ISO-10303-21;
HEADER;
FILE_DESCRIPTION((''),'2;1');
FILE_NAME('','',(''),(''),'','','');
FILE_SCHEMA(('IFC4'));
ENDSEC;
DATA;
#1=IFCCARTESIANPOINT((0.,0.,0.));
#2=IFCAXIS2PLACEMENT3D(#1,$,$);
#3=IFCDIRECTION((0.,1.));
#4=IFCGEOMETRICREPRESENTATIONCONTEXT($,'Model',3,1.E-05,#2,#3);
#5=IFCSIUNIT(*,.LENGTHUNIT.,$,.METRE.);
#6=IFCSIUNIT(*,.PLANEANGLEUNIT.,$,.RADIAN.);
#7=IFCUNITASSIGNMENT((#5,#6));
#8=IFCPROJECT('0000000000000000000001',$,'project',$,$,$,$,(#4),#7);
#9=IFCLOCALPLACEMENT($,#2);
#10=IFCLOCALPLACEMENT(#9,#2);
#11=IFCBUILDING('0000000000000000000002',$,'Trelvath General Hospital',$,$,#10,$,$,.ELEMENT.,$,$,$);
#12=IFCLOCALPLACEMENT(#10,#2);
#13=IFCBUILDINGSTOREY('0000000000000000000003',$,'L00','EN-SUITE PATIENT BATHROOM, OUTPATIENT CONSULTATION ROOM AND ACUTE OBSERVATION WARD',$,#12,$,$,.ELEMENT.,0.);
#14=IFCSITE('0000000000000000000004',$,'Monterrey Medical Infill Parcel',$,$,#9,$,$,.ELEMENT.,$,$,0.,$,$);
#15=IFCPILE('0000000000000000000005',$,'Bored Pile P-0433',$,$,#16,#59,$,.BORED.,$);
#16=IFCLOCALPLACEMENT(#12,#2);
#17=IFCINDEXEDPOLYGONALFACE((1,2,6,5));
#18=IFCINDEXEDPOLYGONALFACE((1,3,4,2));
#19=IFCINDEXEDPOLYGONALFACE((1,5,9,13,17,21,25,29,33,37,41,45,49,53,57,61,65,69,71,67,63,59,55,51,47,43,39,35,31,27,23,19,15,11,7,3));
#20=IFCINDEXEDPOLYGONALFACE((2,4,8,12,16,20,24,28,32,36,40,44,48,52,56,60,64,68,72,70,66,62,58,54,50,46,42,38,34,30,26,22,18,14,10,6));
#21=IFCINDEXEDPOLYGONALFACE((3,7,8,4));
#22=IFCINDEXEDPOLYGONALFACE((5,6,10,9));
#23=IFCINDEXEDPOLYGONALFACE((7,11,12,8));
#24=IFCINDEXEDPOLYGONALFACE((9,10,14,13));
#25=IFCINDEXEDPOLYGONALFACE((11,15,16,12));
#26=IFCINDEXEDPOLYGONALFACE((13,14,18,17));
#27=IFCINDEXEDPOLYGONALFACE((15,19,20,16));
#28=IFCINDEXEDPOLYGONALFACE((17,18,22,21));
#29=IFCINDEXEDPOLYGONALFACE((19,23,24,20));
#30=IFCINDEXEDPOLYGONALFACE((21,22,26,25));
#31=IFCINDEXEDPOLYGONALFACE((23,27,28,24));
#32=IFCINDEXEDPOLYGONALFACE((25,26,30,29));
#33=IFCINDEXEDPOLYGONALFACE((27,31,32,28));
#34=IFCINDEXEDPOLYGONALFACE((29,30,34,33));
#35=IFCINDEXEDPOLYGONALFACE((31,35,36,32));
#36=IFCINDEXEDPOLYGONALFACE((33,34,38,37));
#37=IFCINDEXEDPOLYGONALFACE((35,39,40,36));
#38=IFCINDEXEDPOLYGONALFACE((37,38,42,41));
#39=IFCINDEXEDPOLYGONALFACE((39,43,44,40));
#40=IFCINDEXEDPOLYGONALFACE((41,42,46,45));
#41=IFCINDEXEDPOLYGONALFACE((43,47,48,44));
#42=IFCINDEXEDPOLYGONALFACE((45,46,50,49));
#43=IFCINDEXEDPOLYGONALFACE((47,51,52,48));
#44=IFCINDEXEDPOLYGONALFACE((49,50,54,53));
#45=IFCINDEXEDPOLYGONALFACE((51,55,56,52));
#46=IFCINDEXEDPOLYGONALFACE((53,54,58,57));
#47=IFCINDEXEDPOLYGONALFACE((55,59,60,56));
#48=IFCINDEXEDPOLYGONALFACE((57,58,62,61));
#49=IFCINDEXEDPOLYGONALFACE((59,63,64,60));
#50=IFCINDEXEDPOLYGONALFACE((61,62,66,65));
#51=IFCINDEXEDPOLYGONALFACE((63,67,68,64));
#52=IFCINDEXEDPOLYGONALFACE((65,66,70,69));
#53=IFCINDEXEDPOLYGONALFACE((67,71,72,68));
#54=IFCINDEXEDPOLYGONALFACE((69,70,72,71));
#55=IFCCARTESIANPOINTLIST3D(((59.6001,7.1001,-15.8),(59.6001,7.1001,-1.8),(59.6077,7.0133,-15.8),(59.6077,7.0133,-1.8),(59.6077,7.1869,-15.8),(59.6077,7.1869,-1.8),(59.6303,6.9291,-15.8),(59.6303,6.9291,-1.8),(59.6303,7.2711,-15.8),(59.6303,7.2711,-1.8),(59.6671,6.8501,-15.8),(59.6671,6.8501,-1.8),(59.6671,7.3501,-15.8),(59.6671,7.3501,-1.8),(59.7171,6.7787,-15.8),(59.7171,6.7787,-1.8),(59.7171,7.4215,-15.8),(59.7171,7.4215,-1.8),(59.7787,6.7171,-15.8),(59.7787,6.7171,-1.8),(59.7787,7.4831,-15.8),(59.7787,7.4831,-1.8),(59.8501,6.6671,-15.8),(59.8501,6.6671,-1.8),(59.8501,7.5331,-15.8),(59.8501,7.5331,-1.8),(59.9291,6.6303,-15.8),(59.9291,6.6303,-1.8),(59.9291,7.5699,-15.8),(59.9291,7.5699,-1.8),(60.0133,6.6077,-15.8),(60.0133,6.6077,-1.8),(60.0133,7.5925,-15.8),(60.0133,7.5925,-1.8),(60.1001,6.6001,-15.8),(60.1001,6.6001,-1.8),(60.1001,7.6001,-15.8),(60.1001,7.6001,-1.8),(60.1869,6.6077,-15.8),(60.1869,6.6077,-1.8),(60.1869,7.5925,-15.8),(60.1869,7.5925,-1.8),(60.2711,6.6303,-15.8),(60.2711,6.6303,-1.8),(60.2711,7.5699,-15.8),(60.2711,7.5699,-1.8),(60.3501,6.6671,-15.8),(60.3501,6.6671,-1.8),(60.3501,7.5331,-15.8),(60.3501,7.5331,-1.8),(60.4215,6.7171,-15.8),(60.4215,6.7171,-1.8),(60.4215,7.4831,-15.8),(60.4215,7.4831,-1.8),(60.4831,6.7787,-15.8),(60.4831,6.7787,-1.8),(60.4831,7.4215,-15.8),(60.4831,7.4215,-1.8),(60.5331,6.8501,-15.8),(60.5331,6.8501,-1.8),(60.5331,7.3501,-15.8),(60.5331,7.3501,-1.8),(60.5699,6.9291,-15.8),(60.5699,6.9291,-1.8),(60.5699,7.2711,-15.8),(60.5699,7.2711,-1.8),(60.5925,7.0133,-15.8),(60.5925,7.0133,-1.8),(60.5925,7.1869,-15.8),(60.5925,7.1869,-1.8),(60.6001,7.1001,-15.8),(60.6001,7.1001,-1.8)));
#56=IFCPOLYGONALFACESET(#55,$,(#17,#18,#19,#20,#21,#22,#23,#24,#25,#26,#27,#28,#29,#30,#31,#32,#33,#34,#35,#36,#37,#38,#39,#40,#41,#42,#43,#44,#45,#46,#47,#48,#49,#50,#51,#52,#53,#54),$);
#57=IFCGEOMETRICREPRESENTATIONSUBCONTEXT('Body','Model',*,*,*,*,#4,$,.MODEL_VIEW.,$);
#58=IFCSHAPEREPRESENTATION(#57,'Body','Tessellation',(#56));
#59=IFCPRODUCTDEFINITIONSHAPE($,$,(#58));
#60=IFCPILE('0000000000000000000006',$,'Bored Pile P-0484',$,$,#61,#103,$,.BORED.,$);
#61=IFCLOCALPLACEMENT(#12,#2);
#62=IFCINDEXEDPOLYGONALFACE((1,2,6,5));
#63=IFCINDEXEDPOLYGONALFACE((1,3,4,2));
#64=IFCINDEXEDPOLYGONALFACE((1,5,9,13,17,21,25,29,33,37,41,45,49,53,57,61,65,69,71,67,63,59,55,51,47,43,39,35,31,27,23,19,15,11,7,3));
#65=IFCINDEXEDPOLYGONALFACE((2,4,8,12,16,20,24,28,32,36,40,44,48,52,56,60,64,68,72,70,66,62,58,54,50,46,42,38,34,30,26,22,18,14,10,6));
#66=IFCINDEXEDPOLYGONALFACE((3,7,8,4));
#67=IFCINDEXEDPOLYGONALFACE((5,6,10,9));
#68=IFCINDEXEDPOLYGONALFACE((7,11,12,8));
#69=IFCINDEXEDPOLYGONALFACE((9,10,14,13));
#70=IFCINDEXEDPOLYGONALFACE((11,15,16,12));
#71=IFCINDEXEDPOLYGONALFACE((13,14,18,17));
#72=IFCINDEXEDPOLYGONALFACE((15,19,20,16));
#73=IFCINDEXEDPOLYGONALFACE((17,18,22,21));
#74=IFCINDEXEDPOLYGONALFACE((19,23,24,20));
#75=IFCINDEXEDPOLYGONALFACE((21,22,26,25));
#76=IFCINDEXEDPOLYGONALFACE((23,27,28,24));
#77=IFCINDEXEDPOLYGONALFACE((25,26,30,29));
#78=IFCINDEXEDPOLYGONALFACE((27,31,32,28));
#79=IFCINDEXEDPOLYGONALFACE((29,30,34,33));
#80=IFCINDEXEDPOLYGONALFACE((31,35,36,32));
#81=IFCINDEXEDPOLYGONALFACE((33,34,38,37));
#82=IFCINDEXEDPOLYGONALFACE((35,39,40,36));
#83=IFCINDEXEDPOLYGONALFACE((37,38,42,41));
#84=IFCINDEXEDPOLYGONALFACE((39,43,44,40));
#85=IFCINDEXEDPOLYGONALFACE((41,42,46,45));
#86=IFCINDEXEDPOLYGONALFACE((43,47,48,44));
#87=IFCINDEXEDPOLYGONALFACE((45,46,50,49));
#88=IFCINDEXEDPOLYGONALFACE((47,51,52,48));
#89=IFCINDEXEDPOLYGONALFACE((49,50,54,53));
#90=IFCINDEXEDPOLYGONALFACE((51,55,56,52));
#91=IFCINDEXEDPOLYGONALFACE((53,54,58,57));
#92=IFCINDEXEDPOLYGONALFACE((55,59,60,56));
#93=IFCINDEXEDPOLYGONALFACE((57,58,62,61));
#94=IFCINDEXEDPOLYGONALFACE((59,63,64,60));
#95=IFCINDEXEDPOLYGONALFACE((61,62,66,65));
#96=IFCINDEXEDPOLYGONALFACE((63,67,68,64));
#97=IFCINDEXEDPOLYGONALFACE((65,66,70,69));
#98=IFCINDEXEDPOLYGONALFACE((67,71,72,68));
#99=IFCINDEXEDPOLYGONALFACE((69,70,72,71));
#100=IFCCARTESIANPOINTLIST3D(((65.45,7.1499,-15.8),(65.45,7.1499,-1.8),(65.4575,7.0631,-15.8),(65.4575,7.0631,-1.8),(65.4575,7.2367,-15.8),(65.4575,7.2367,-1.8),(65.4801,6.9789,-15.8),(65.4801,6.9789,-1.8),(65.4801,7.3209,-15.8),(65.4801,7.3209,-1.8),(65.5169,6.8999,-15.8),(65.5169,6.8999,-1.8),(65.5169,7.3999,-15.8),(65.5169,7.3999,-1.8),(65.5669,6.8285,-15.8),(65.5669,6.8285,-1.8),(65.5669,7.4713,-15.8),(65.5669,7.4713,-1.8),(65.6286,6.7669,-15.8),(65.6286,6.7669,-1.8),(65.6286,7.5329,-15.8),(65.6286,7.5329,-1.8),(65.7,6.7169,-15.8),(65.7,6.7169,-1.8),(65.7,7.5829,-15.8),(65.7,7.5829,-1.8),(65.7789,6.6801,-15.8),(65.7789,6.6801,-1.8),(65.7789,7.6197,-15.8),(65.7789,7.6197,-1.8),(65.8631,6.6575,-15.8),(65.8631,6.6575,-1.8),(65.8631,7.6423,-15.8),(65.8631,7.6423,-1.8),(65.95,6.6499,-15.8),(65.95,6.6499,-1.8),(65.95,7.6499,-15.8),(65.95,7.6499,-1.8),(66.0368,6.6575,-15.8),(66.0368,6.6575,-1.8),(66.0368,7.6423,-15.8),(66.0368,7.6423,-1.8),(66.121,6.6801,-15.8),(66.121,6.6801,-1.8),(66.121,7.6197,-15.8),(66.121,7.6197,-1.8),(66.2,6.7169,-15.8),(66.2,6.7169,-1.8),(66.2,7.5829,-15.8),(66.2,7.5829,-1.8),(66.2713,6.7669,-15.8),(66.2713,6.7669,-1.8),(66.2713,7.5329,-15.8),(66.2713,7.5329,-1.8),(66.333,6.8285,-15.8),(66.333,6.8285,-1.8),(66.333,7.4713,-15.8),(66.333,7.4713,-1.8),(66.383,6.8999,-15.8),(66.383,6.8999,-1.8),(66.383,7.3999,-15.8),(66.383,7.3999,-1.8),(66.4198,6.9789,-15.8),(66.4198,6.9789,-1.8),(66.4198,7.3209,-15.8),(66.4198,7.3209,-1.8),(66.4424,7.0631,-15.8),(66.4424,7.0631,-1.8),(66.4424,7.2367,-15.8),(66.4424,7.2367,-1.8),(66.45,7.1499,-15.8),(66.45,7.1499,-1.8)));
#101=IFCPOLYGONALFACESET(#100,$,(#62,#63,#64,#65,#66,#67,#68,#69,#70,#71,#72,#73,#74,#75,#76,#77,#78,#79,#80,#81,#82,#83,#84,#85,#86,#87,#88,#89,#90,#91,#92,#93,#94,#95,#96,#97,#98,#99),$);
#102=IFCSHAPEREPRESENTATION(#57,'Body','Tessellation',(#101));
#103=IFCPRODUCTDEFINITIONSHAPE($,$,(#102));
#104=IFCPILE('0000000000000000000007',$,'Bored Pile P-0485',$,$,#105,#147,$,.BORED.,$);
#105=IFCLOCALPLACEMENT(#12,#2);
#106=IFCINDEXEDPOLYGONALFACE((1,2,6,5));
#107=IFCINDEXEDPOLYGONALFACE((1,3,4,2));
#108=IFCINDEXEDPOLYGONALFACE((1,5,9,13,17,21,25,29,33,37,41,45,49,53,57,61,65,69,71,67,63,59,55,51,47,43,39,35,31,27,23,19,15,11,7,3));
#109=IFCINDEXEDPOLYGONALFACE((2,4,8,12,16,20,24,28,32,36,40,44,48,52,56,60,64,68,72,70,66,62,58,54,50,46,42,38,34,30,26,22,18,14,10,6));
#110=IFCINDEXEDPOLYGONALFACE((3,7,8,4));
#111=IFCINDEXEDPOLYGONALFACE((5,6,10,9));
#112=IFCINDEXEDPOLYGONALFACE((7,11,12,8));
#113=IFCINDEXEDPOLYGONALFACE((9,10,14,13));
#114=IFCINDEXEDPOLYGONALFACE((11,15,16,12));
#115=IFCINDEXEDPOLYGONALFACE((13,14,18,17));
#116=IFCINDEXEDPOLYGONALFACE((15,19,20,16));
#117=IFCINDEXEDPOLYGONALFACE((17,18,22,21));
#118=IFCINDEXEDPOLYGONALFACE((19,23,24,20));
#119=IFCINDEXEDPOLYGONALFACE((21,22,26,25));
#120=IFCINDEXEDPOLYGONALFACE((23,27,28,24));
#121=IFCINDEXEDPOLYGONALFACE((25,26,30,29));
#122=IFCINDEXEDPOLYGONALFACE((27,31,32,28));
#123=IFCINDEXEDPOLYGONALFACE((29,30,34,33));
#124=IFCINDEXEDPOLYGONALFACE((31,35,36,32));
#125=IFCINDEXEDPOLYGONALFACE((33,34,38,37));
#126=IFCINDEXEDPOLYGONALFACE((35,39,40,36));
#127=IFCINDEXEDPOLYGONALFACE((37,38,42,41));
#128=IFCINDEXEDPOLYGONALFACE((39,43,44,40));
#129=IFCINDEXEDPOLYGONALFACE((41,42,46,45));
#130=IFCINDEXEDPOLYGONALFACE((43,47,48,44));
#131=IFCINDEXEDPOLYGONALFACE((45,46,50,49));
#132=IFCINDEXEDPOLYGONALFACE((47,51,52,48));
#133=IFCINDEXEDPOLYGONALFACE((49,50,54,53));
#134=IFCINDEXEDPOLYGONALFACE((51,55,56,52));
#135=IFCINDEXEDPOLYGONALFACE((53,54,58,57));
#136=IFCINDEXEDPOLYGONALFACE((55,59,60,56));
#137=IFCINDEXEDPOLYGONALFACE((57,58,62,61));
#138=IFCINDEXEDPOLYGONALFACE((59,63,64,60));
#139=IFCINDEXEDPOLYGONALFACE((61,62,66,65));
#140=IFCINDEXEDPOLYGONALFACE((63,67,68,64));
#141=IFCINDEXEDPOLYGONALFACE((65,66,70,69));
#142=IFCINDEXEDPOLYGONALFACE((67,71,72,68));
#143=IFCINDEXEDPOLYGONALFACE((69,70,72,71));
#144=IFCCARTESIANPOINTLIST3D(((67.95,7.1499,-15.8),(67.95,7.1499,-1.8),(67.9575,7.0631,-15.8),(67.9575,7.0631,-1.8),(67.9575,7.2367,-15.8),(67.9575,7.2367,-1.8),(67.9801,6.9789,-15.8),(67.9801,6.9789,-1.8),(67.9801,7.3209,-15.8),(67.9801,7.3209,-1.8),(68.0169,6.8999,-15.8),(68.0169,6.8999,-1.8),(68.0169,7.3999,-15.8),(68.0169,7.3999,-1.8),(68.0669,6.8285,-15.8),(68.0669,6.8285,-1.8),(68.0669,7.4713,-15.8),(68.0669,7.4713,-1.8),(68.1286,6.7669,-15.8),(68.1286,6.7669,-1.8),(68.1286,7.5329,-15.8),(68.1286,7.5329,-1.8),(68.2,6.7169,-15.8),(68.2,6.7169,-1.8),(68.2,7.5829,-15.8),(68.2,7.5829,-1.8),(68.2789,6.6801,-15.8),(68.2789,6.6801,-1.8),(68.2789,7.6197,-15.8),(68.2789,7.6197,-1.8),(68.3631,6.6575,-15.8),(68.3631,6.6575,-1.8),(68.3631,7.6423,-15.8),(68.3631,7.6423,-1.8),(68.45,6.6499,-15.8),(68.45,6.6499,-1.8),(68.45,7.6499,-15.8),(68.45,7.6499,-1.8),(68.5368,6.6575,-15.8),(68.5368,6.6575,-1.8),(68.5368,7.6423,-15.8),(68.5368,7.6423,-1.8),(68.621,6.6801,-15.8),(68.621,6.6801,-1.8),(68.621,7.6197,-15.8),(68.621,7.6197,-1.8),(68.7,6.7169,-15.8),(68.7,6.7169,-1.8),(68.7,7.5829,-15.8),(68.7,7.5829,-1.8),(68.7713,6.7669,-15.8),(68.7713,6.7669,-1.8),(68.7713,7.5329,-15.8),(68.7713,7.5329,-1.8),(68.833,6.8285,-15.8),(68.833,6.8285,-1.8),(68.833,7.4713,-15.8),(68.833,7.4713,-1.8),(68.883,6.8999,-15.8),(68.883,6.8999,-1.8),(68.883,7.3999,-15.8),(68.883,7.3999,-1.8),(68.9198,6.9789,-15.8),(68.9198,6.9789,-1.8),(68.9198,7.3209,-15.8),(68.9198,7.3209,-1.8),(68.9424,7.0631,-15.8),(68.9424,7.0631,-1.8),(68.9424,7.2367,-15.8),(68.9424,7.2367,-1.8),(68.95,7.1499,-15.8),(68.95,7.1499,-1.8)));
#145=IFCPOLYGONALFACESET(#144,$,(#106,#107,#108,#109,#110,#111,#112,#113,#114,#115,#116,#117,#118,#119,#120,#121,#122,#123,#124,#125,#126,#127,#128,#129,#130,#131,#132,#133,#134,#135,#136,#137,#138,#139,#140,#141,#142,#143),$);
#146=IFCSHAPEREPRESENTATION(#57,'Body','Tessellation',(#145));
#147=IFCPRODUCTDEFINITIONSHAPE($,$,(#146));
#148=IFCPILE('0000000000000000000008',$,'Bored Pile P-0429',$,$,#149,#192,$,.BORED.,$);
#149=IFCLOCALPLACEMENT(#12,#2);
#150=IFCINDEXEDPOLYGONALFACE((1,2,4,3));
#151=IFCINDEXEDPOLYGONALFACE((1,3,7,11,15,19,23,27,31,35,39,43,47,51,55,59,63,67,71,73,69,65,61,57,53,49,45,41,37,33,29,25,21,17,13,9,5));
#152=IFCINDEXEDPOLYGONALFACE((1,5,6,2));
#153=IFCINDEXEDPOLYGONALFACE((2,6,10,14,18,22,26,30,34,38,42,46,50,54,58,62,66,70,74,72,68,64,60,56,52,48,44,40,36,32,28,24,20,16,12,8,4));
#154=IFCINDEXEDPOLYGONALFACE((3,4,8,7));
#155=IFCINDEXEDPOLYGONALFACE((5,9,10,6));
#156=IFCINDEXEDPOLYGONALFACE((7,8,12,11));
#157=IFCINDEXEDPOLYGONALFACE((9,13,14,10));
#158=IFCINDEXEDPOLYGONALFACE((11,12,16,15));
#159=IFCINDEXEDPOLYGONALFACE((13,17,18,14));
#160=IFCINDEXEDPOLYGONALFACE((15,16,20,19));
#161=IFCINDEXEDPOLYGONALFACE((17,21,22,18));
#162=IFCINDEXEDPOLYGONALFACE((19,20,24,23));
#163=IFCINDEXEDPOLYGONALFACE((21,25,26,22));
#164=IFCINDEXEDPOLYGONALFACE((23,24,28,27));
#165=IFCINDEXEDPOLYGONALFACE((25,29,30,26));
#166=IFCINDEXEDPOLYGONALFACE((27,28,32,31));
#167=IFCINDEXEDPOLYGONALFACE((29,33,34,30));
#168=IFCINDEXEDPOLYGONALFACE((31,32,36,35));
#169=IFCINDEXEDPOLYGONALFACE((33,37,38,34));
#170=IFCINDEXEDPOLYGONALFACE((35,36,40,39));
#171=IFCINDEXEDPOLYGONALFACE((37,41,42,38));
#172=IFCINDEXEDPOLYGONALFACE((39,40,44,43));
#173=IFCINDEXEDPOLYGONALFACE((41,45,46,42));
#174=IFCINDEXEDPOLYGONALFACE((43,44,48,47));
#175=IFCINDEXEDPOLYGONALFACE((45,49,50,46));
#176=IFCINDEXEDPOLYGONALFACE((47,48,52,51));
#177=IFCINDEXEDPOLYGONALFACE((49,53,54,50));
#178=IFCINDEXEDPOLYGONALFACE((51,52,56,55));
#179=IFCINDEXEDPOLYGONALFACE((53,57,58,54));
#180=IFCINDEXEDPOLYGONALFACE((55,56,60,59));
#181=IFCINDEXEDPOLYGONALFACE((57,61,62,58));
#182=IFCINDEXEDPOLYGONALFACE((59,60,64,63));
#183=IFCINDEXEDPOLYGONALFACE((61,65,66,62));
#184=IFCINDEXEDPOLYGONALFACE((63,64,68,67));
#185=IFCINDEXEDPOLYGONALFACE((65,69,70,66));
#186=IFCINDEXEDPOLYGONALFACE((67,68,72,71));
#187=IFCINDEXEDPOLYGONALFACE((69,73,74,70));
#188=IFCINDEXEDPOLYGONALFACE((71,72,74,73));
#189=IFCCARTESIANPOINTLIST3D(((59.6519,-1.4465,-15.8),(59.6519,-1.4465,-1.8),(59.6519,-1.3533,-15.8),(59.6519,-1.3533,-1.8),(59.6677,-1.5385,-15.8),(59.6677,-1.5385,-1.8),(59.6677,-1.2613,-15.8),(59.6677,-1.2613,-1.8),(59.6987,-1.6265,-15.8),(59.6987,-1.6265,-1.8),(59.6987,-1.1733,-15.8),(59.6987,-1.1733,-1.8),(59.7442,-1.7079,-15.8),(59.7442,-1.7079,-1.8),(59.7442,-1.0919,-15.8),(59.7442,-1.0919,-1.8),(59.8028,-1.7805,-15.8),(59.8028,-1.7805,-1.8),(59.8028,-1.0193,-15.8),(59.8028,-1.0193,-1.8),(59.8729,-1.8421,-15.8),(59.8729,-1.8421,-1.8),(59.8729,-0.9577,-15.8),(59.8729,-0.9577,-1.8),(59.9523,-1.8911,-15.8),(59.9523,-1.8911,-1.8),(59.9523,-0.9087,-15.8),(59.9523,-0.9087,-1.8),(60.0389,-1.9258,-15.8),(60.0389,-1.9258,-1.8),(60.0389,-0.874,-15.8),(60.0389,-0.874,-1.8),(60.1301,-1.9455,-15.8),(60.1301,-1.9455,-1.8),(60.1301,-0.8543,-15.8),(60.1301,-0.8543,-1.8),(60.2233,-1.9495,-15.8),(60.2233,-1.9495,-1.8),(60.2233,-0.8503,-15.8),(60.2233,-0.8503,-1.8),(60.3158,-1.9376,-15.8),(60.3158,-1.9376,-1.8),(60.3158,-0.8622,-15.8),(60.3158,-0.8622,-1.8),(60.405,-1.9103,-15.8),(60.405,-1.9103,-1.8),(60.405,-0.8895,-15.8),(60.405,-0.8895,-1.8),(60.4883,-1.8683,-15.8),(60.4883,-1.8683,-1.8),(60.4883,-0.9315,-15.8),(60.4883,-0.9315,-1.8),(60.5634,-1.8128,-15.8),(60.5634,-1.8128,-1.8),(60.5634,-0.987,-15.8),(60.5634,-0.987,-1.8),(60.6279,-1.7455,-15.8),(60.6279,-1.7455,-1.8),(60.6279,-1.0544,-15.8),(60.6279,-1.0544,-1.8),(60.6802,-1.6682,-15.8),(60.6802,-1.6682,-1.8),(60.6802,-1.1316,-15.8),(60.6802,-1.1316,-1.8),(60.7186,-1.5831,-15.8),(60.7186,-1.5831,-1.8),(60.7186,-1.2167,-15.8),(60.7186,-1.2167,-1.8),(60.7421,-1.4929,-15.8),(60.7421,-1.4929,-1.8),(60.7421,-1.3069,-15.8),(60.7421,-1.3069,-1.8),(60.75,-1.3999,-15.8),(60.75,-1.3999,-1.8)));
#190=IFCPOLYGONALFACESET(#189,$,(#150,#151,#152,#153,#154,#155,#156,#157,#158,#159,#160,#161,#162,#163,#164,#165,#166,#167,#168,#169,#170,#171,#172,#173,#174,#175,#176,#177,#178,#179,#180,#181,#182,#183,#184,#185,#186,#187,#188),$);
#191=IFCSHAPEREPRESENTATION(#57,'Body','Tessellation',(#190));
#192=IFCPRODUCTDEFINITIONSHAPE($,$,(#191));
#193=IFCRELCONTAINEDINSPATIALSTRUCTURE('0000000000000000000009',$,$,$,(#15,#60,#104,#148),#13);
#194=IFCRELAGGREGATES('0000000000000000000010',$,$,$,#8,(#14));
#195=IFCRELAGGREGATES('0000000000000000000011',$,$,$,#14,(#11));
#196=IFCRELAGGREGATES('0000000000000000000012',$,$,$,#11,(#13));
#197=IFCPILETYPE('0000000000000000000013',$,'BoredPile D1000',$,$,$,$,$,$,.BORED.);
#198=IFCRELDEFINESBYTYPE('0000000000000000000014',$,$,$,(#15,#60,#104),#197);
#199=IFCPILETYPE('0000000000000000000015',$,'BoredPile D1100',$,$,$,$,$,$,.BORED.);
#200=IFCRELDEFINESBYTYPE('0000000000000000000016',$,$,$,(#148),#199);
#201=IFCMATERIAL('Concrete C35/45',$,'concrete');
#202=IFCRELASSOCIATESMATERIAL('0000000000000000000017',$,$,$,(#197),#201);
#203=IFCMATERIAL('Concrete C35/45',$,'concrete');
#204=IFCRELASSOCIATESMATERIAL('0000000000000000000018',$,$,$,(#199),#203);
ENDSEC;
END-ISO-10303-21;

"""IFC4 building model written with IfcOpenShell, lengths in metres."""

from ifc_helpers import new_model, si_unit, direction, frame, origin, origin_2d, place, context, subcontext, project, spatial, circle, extrude, material, material_profile, profile_set, type_object, element, save


model = new_model("IFC4")

# Units and contexts
model_context = context("Model", 3, precision=1e-05, world=origin(), true_north=direction((0.0, 1.0)))
body_context = subcontext(model_context, "Body", "Model", "MODEL_VIEW")
ifc_project = project(units=[si_unit("LENGTHUNIT", "METRE"), si_unit("PLANEANGLEUNIT", "RADIAN")], contexts=[model_context])

# Site, building, storey
site_placement = place(None, origin())
site = spatial("IfcSite", under=ifc_project, at=site_placement, Name="Monterrey Medical Infill Parcel", CompositionType="ELEMENT", RefElevation=0.0)
building_placement = place(site_placement, origin())
building = spatial("IfcBuilding", under=site, at=building_placement, Name="Trelvath General Hospital", CompositionType="ELEMENT")
storey_placement = place(building_placement, origin())
storey = spatial("IfcBuildingStorey", under=building, at=storey_placement, Name="L00", Description="EN-SUITE PATIENT BATHROOM, OUTPATIENT CONSULTATION ROOM AND ACUTE OBSERVATION WARD", CompositionType="ELEMENT", Elevation=0.0)

# Piles
ifc_material_1 = material(Name="Concrete C35/45", Category="concrete")
ifc_material_profile_1 = material_profile(ifc_material_1, circle(Radius=0.5, at=origin_2d()), Name="PILE1000")
ifc_profile_set_1 = profile_set([ifc_material_profile_1], Name="Concrete C35/45")
pile_type_1 = type_object("IfcPileType", Name="BoredPile D1000", PredefinedType="BORED", material=ifc_profile_set_1)
for number, where, z_axis, x_axis, name in (
    (1, (60.1001, 7.1001, -1.8), (0.0, 0.0, -1.0), (1.0, 0.0, 0.0), "Bored Pile P-0433"),
    (2, (65.95, 7.1499, -1.8), (0.0, 0.0, -1.0), (1.0, 0.0, 0.0), "Bored Pile P-0484"),
    (3, (68.45, 7.1499, -1.8), (0.0, 0.0, -1.0), (1.0, 0.0, 0.0), "Bored Pile P-0485"),
):
    element("IfcPile", number, at=place(storey_placement, frame(where, z_axis=z_axis, x_axis=x_axis)), inside=storey, type_object=pile_type_1, Name=name, PredefinedType="BORED", context=body_context, shape_type="SweptSolid", body=[
        extrude(circle(Radius=0.5, at=origin_2d()), origin(), (0.0, 0.0, 1.0), 14.0),
    ])
ifc_material_2 = material(Name="Concrete C35/45", Category="concrete")
ifc_material_profile_2 = material_profile(ifc_material_2, circle(Radius=0.55, at=origin_2d()), Name="PILE1100")
ifc_profile_set_2 = profile_set([ifc_material_profile_2], Name="Concrete C35/45")
pile_type_2 = type_object("IfcPileType", Name="BoredPile D1100", PredefinedType="BORED", material=ifc_profile_set_2)
for number, where, z_axis, x_axis, name in (
    (4, (60.2, -1.3999, -1.8), (0.0, 0.0, -1.0), (1.0, 0.0, 0.0), "Bored Pile P-0429"),
):
    element("IfcPile", number, at=place(storey_placement, frame(where, z_axis=z_axis, x_axis=x_axis)), inside=storey, type_object=pile_type_2, Name=name, PredefinedType="BORED", context=body_context, shape_type="SweptSolid", body=[
        extrude(circle(Radius=0.55, at=origin_2d()), origin(), (0.0, 0.0, 1.0), 14.0),
    ])

save(model, "model.ifc")
